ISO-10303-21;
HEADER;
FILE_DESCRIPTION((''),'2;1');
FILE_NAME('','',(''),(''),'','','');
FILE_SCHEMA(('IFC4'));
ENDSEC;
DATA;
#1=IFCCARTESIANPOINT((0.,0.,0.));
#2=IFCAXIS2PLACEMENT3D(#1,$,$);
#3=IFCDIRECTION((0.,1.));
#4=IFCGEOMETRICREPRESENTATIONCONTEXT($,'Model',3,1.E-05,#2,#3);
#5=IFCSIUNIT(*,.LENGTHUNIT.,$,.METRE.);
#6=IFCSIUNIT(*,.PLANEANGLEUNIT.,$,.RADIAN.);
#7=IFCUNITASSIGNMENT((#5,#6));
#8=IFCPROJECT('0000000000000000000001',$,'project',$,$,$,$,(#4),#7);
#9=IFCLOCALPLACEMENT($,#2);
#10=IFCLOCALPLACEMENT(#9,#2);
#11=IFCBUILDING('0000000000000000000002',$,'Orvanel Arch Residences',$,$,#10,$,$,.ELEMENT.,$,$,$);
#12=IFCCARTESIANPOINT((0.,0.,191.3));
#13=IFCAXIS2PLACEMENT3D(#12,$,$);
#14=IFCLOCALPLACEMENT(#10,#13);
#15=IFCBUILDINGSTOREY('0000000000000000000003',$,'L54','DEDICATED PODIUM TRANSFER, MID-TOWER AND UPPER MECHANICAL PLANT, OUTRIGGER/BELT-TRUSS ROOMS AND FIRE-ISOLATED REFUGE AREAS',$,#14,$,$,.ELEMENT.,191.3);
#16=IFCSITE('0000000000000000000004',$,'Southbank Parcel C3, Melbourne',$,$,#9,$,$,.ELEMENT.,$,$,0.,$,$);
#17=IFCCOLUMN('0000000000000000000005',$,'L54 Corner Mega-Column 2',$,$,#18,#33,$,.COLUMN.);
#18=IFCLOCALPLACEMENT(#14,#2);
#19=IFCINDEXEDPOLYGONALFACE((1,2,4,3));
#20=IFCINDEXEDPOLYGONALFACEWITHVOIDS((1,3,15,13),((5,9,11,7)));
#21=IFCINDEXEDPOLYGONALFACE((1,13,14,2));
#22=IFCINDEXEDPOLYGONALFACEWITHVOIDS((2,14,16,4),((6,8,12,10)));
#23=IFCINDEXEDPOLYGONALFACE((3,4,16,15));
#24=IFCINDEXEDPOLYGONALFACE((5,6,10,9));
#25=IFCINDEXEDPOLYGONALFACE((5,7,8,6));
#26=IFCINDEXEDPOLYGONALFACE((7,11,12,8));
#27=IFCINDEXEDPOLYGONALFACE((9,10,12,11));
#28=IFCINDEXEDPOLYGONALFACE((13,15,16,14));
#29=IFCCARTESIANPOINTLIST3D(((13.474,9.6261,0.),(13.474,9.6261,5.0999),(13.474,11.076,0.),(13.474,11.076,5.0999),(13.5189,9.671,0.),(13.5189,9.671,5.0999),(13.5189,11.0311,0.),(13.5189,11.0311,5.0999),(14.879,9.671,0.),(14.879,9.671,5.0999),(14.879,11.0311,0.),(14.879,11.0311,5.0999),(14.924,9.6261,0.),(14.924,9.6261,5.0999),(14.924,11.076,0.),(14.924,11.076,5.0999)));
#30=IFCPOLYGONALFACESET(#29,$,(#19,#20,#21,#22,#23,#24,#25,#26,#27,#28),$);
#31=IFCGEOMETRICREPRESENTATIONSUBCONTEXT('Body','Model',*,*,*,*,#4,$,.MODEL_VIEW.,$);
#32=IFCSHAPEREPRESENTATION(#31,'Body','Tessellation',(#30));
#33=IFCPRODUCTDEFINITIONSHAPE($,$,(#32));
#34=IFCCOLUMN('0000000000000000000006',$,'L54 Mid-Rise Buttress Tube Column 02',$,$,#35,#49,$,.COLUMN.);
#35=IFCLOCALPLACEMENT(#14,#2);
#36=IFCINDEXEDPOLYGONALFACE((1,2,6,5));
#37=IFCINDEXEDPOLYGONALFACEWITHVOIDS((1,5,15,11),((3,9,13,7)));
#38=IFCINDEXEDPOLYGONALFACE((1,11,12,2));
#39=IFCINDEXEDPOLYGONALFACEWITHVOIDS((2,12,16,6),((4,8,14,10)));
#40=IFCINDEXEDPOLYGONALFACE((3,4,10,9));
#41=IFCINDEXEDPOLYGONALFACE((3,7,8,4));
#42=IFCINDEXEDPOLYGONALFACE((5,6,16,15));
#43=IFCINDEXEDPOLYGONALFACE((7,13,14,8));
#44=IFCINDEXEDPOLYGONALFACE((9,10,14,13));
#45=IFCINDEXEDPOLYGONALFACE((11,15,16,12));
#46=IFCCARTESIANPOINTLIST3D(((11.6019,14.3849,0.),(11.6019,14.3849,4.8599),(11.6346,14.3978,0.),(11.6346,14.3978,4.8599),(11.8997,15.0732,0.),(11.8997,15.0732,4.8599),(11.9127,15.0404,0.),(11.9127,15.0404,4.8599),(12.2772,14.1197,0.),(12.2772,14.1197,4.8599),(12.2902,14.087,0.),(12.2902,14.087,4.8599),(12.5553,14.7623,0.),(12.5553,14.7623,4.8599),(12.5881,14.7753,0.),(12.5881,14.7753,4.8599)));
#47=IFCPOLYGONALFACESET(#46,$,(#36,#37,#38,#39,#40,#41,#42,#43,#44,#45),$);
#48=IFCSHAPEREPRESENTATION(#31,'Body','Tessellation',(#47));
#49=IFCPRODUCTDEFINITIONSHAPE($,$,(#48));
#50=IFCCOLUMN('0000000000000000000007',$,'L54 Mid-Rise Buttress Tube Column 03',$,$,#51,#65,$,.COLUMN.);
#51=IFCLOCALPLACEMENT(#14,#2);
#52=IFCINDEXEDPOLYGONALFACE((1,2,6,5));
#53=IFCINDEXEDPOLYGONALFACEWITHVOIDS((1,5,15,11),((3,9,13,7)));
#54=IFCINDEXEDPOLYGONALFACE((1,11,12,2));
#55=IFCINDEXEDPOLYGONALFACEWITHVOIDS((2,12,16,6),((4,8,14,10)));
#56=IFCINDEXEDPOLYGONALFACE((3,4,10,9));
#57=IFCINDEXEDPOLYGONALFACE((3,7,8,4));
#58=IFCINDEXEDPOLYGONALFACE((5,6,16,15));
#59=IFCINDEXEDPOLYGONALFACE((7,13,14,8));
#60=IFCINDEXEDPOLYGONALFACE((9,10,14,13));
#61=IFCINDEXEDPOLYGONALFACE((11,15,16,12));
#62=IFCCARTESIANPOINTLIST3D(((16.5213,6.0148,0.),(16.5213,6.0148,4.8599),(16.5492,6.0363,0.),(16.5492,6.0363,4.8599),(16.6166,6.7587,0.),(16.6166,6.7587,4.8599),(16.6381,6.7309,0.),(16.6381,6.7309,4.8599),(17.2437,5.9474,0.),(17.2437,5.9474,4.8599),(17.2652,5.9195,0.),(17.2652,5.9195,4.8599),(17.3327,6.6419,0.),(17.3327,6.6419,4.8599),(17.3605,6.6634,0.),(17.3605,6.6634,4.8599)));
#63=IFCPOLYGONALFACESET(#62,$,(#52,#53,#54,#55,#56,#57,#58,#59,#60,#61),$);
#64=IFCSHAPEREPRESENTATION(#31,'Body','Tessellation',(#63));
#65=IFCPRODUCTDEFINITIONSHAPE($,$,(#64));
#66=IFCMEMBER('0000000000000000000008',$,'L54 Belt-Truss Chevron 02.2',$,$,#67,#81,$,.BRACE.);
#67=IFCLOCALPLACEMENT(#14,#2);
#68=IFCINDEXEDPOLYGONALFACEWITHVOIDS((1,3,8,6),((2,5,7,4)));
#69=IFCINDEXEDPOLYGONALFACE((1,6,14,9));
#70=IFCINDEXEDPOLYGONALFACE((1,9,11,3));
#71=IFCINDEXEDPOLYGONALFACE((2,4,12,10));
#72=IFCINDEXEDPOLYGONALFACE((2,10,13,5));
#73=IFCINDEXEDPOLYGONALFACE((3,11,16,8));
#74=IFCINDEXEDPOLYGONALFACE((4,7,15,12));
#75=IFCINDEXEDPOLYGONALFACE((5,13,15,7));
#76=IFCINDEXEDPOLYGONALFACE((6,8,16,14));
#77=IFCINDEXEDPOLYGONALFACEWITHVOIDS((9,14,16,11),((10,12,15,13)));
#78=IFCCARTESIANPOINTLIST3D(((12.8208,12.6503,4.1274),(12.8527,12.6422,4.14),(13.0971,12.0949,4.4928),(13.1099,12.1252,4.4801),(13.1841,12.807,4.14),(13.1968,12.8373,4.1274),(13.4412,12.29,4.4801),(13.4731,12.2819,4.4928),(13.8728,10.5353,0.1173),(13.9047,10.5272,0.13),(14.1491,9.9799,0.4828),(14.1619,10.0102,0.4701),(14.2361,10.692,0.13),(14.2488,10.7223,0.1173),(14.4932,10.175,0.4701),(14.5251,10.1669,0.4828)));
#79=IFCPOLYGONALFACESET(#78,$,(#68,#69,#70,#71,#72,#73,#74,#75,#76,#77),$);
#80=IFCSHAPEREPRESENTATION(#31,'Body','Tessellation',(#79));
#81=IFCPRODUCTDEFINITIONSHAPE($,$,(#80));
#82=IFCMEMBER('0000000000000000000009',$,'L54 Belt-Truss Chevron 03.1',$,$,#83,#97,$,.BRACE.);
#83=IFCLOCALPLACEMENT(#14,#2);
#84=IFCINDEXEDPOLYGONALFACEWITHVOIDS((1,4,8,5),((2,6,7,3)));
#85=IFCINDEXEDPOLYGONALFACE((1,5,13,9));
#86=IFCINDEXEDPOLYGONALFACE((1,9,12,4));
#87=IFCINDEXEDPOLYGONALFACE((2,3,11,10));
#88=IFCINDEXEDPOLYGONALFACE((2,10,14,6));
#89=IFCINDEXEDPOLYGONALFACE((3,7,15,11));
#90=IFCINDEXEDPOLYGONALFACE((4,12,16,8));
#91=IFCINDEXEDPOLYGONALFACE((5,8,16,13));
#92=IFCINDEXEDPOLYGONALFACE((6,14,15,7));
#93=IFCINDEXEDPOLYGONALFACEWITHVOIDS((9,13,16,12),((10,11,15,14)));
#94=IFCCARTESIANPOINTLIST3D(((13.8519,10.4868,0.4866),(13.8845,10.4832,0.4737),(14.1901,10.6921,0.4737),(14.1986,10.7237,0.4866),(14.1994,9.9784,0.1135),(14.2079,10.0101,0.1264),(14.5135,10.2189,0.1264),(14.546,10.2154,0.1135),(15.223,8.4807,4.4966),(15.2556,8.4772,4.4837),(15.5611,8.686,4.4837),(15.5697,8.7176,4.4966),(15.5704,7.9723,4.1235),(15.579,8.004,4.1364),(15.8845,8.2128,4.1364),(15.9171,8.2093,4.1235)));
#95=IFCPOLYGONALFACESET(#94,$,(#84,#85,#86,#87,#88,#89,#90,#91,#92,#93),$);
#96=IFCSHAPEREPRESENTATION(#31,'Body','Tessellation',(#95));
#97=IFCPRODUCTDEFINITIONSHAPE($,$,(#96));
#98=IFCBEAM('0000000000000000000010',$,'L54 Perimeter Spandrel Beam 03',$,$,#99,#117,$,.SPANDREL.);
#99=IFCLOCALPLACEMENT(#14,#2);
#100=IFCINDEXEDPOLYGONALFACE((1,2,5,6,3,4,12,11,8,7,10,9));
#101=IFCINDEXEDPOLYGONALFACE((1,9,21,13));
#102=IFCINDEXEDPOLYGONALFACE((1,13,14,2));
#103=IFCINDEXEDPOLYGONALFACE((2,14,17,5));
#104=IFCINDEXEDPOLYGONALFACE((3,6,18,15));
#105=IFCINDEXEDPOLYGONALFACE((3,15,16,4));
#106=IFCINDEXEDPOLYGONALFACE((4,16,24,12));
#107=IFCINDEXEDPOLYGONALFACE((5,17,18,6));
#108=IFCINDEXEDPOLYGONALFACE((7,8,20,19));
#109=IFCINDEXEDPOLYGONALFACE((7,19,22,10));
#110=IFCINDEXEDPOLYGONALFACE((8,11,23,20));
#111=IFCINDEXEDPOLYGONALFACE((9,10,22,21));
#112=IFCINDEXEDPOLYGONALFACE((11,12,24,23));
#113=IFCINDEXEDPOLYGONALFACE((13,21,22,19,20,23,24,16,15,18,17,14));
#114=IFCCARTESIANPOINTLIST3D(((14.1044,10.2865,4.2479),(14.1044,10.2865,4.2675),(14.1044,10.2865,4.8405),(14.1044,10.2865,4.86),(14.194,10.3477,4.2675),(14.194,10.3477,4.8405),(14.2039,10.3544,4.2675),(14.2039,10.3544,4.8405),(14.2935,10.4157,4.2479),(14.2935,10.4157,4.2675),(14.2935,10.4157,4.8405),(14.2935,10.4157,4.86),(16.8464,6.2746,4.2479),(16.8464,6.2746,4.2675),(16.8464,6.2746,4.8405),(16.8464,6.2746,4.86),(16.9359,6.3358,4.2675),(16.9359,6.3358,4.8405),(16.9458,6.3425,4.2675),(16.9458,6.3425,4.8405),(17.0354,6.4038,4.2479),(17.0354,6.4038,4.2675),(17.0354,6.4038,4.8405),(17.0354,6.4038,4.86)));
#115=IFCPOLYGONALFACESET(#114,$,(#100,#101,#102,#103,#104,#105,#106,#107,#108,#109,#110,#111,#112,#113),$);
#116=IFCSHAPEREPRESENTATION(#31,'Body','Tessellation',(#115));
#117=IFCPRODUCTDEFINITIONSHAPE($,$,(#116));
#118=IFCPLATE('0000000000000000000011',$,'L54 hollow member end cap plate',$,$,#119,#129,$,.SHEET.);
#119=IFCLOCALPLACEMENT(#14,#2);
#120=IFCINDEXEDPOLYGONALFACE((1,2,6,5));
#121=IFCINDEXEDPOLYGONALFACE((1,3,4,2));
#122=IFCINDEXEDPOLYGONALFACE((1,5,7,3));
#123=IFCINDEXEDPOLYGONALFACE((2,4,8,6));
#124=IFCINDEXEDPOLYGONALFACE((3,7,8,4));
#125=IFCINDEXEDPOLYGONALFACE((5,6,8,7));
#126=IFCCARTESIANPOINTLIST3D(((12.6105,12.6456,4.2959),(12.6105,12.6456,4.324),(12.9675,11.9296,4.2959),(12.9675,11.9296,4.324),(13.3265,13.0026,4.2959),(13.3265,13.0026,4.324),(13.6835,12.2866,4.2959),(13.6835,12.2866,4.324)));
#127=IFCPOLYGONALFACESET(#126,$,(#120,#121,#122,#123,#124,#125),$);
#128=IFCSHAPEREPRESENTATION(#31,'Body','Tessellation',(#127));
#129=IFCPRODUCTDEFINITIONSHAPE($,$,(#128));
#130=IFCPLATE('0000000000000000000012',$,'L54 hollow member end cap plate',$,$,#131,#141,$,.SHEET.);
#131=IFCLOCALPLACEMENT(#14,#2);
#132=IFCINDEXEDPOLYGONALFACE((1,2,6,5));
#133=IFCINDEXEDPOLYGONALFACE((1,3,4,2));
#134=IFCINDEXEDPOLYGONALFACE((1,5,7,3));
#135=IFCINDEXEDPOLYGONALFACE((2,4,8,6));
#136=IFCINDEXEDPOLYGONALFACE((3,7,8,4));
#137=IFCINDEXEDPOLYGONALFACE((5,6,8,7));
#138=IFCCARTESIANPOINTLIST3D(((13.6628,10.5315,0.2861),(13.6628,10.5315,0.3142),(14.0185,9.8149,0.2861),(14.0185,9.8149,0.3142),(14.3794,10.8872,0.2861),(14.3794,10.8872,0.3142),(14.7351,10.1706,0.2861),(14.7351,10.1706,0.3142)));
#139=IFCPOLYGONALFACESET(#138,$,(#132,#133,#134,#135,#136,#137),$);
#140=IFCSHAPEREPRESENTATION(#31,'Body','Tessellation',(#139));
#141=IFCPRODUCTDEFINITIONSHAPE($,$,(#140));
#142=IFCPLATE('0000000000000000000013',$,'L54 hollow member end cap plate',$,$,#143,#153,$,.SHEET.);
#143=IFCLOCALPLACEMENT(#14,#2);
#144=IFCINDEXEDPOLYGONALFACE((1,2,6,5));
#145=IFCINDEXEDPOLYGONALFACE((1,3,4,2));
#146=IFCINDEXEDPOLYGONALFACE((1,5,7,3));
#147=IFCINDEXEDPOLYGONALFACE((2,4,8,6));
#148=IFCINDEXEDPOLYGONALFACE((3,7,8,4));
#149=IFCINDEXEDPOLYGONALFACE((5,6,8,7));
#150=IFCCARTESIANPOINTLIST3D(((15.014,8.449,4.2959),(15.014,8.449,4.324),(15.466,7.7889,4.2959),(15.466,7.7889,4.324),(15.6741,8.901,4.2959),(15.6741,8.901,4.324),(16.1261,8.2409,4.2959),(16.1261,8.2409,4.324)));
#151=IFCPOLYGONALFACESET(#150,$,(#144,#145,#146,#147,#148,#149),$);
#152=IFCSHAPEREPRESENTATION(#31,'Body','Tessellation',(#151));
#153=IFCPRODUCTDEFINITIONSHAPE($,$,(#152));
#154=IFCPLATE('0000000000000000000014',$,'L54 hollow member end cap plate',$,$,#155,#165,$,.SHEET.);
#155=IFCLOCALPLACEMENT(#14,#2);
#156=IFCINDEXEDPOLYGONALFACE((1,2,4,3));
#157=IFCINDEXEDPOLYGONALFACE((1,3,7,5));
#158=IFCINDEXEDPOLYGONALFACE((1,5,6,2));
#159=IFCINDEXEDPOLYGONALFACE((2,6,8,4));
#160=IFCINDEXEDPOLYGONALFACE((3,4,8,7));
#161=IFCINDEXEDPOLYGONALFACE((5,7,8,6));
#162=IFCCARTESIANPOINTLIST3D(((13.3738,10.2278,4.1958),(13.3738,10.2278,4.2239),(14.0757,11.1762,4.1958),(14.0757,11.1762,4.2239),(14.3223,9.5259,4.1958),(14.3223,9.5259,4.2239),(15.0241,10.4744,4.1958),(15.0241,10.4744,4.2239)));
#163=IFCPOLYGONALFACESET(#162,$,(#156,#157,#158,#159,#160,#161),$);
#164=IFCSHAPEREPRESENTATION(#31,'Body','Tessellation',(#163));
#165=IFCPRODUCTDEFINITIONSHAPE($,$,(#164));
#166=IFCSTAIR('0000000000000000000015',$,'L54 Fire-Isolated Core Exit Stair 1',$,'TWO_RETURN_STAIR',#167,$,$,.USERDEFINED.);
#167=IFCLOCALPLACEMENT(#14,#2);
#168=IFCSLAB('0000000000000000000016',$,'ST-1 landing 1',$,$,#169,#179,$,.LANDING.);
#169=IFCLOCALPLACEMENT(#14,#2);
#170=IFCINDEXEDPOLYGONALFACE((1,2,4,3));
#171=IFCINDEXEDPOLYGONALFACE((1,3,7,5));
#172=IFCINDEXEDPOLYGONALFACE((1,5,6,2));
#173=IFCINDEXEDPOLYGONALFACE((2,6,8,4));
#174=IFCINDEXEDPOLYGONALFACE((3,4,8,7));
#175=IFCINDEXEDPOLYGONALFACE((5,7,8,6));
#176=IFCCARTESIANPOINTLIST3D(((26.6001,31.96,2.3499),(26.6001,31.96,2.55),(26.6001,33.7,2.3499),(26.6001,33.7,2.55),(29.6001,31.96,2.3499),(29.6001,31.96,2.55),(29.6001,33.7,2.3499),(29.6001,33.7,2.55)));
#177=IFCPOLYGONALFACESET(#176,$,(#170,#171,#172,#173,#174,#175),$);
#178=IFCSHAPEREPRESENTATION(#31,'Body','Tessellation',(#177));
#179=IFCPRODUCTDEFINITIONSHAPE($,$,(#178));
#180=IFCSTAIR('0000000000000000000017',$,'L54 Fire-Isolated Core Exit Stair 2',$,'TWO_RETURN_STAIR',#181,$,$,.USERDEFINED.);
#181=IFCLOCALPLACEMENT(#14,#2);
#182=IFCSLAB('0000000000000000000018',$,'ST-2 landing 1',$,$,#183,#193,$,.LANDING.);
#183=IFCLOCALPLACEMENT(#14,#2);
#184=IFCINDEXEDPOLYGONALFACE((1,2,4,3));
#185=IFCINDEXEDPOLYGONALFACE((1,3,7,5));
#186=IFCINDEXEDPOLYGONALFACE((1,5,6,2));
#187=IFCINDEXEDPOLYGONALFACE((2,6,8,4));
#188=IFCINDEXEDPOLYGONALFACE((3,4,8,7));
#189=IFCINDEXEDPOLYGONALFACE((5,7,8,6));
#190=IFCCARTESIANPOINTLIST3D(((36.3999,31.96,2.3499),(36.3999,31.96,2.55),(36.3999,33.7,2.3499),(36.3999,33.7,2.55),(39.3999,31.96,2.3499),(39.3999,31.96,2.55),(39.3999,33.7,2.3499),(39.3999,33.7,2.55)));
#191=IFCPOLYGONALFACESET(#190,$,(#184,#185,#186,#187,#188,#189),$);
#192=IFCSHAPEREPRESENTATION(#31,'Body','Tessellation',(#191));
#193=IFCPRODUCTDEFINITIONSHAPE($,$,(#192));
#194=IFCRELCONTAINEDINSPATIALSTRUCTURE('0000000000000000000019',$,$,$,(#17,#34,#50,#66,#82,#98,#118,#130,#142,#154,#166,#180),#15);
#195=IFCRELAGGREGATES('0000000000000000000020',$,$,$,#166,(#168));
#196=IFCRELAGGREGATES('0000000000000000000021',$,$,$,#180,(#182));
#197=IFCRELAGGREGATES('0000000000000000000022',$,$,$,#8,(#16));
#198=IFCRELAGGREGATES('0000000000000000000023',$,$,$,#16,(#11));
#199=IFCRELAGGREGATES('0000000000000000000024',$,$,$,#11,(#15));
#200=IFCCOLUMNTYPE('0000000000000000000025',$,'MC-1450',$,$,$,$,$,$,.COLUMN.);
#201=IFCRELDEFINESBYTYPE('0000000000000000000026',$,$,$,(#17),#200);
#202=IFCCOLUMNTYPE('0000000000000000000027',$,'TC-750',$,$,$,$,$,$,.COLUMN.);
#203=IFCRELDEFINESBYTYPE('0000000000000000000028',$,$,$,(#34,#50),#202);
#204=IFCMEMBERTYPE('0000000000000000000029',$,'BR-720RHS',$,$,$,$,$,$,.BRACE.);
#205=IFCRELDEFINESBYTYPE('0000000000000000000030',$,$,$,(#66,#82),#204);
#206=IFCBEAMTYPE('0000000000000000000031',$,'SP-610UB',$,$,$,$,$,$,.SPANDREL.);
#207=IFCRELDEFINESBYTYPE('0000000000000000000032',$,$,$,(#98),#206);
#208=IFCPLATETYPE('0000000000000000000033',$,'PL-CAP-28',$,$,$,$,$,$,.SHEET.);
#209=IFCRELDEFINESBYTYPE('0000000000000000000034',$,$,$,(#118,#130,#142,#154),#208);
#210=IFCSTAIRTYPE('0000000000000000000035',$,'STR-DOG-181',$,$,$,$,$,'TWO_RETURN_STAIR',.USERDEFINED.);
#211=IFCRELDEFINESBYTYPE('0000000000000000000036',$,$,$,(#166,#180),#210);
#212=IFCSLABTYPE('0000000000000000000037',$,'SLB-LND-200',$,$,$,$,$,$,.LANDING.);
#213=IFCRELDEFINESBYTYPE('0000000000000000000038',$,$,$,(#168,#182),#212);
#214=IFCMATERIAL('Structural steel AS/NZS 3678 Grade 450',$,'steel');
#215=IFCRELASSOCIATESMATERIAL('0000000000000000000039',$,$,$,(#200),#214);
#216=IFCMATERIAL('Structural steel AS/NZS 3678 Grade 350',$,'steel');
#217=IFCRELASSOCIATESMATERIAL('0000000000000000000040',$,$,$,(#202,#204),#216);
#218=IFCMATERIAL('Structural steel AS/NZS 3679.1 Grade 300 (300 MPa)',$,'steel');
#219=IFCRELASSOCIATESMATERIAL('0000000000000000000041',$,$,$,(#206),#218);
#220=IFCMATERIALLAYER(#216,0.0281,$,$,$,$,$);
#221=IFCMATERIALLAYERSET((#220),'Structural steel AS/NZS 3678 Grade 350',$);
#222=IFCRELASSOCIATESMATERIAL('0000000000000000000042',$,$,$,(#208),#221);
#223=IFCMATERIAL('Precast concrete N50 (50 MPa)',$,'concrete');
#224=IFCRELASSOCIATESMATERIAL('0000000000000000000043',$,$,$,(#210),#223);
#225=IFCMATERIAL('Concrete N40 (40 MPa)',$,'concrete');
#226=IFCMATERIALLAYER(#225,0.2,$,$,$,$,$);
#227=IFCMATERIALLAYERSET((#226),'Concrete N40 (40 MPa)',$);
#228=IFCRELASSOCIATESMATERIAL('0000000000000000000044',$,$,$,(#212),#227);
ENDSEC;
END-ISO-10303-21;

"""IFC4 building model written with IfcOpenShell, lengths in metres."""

from ifc_helpers import new_model, si_unit, direction, frame, origin, origin_2d, place, context, subcontext, project, spatial, polyline, rectangle, hollow_rectangle, i_section, outline, extrude, material, layer, layer_set, material_profile, profile_set, type_object, element, aggregate, save


model = new_model("IFC4")

# Units and contexts
model_context = context("Model", 3, precision=1e-05, world=origin(), true_north=direction((0.0, 1.0)))
body_context = subcontext(model_context, "Body", "Model", "MODEL_VIEW")
ifc_project = project(units=[si_unit("LENGTHUNIT", "METRE"), si_unit("PLANEANGLEUNIT", "RADIAN")], contexts=[model_context])

# Site, building, storey
site_placement = place(None, origin())
site = spatial("IfcSite", under=ifc_project, at=site_placement, Name="Southbank Parcel C3, Melbourne", CompositionType="ELEMENT", RefElevation=0.0)
building_placement = place(site_placement, origin())
building = spatial("IfcBuilding", under=site, at=building_placement, Name="Orvanel Arch Residences", CompositionType="ELEMENT")
storey_placement = place(building_placement, frame((0.0, 0.0, 191.3)))
storey = spatial("IfcBuildingStorey", under=building, at=storey_placement, Name="L54", Description="DEDICATED PODIUM TRANSFER, MID-TOWER AND UPPER MECHANICAL PLANT, OUTRIGGER/BELT-TRUSS ROOMS AND FIRE-ISOLATED REFUGE AREAS", CompositionType="ELEMENT", Elevation=191.3)

# Columns
ifc_material_1 = material(Name="Structural steel AS/NZS 3678 Grade 450", Category="steel")
ifc_material_profile_1 = material_profile(ifc_material_1, hollow_rectangle(XDim=1.45, YDim=1.45, WallThickness=0.0449, at=origin_2d()), Name="BOX1450x1450x45")
ifc_profile_set_1 = profile_set([ifc_material_profile_1], Name="Structural steel AS/NZS 3678 Grade 450")
column_type_1 = type_object("IfcColumnType", Name="MC-1450", PredefinedType="COLUMN", material=ifc_profile_set_1)
column_placement = place(storey_placement, frame((14.199, 10.3511, 0.0), z_axis=(0.0, 0.0, 1.0), x_axis=(1.0, 0.0, 0.0)))
element("IfcColumn", 1, at=column_placement, inside=storey, type_object=column_type_1, Name="L54 Corner Mega-Column 2", PredefinedType="COLUMN", context=body_context, shape_type="SweptSolid", body=[
    extrude(hollow_rectangle(XDim=1.45, YDim=1.45, WallThickness=0.0449, at=origin_2d()), origin(), (0.0, 0.0, 1.0), 5.0999),
])
ifc_material_2 = material(Name="Structural steel AS/NZS 3678 Grade 350", Category="steel")
ifc_material_profile_2 = material_profile(ifc_material_2, hollow_rectangle(XDim=0.75, YDim=0.75, WallThickness=0.0249, at=origin_2d()), Name="BOX750x750x25")
ifc_profile_set_2 = profile_set([ifc_material_profile_2], Name="Structural steel AS/NZS 3678 Grade 350")
column_type_2 = type_object("IfcColumnType", Name="TC-750", PredefinedType="COLUMN", material=ifc_profile_set_2)
for number, where, z_axis, x_axis, name in (
    (2, (12.095, 14.5801, 0.0), (0.0, 0.0, 1.0), (0.397148, 0.917755, 0.0), "L54 Mid-Rise Buttress Tube Column 02"),
    (3, (16.9409, 6.3391, 0.0), (0.0, 0.0, 1.0), (-0.991894, 0.127065, 0.0), "L54 Mid-Rise Buttress Tube Column 03"),
):
    element("IfcColumn", number, at=place(storey_placement, frame(where, z_axis=z_axis, x_axis=x_axis)), inside=storey, type_object=column_type_2, Name=name, PredefinedType="COLUMN", context=body_context, shape_type="SweptSolid", body=[
        extrude(hollow_rectangle(XDim=0.75, YDim=0.75, WallThickness=0.0249, at=origin_2d()), origin(), (0.0, 0.0, 1.0), 4.8599),
    ])

# Members
ifc_material_profile_3 = material_profile(ifc_material_2, hollow_rectangle(XDim=0.4199, YDim=0.72, WallThickness=0.0249, at=origin_2d()), Name="RHS720x420x25")
ifc_profile_set_3 = profile_set([ifc_material_profile_3], Name="Structural steel AS/NZS 3678 Grade 350")
member_type = type_object("IfcMemberType", Name="BR-720RHS", PredefinedType="BRACE", material=ifc_profile_set_3)
member_1_placement = place(storey_placement, frame((14.199, 10.3511, 0.3), z_axis=(-0.226041, 0.454442, 0.861619), x_axis=(-0.895355, -0.445352, 0.0)))
element("IfcMember", 4, at=member_1_placement, inside=storey, type_object=member_type, Name="L54 Belt-Truss Chevron 02.2", PredefinedType="BRACE", context=body_context, shape_type="SweptSolid", body=[
    extrude(hollow_rectangle(XDim=0.4199, YDim=0.72, WallThickness=0.0249, at=origin_2d()), origin(), (0.0, 0.0, 1.0), 4.6541),
])
member_2_placement = place(storey_placement, frame((14.199, 10.3511, 0.3), z_axis=(0.292421, -0.427853, 0.855238), x_axis=(0.825595, 0.564262, 0.0)))
element("IfcMember", 5, at=member_2_placement, inside=storey, type_object=member_type, Name="L54 Belt-Truss Chevron 03.1", PredefinedType="BRACE", context=body_context, shape_type="SweptSolid", body=[
    extrude(hollow_rectangle(XDim=0.4199, YDim=0.72, WallThickness=0.0249, at=origin_2d()), origin(), (0.0, 0.0, 1.0), 4.6887),
])

# Beam
ifc_material_3 = material(Name="Structural steel AS/NZS 3679.1 Grade 300 (300 MPa)", Category="steel")
ifc_material_profile_4 = material_profile(ifc_material_3, i_section(OverallWidth=0.229, OverallDepth=0.6121, WebThickness=0.012, FlangeThickness=0.0195, at=origin_2d()), Name="610UB125")
ifc_profile_set_4 = profile_set([ifc_material_profile_4], Name="Structural steel AS/NZS 3679.1 Grade 300 (300 MPa)")
beam_type = type_object("IfcBeamType", Name="SP-610UB", PredefinedType="SPANDREL", material=ifc_profile_set_4)
beam_placement = place(storey_placement, frame((14.199, 10.3511, 4.554), z_axis=(0.564252, -0.825603, 0.0), x_axis=(0.825603, 0.564252, 0.0)))
element("IfcBeam", 6, at=beam_placement, inside=storey, type_object=beam_type, Name="L54 Perimeter Spandrel Beam 03", PredefinedType="SPANDREL", context=body_context, shape_type="SweptSolid", body=[
    extrude(i_section(OverallWidth=0.229, OverallDepth=0.6121, WebThickness=0.012, FlangeThickness=0.0195, at=origin_2d()), origin(), (0.0, 0.0, 1.0), 4.8594),
])

# Plates
ifc_layer_1 = layer(ifc_material_2, 0.0281)
ifc_layer_set_1 = layer_set([ifc_layer_1], Name="Structural steel AS/NZS 3678 Grade 350")
plate_type = type_object("IfcPlateType", Name="PL-CAP-28", PredefinedType="SHEET", material=ifc_layer_set_1)
for number, where, z_axis, x_axis, name in (
    (7, (13.147, 12.4661, 4.2959), (0.0, 0.0, 1.0), (-0.446198, 0.894934, 0.0), "L54 hollow member end cap plate"),
    (8, (14.199, 10.3511, 0.2861), (0.0, 0.0, 1.0), (-0.444635, 0.895712, 0.0), "L54 hollow member end cap plate"),
    (9, (15.5701, 8.345, 4.2959), (0.0, 0.0, 1.0), (-0.564967, 0.825113, 0.0), "L54 hollow member end cap plate"),
):
    element("IfcPlate", number, at=place(storey_placement, frame(where, z_axis=z_axis, x_axis=x_axis)), inside=storey, type_object=plate_type, Name=name, PredefinedType="SHEET", context=body_context, shape_type="SweptSolid", body=[
        extrude(rectangle(XDim=0.8, YDim=0.8, at=origin_2d()), origin(), (0.0, 0.0, 1.0), 0.0281),
    ])
plate_placement = place(storey_placement, frame((14.199, 10.3511, 4.1958), z_axis=(0.0, 0.0, 1.0), x_axis=(0.594823, 0.803857, 0.0)))
element("IfcPlate", 10, at=plate_placement, inside=storey, type_object=plate_type, Name="L54 hollow member end cap plate", PredefinedType="SHEET", context=body_context, shape_type="SweptSolid", body=[
    extrude(rectangle(XDim=1.1799, YDim=1.1799, at=origin_2d()), origin(), (0.0, 0.0, 1.0), 0.0281),
])

# Stairs, slabs
ifc_material_4 = material(Name="Precast concrete N50 (50 MPa)", Category="concrete")
stair_type = type_object("IfcStairType", Name="STR-DOG-181", ElementType="TWO_RETURN_STAIR", PredefinedType="USERDEFINED", material=ifc_material_4)
stair_1_placement = place(storey_placement, origin())
stair_1 = element("IfcStair", 11, at=stair_1_placement, inside=storey, type_object=stair_type, Name="L54 Fire-Isolated Core Exit Stair 1", ObjectType="TWO_RETURN_STAIR", PredefinedType="USERDEFINED")
ifc_material_5 = material(Name="Concrete N40 (40 MPa)", Category="concrete")
ifc_layer_2 = layer(ifc_material_5, 0.2)
ifc_layer_set_2 = layer_set([ifc_layer_2], Name="Concrete N40 (40 MPa)")
slab_type_1 = type_object("IfcSlabType", Name="SLB-LND-200", PredefinedType="LANDING", material=ifc_layer_set_2)
slab_1_placement = place(storey_placement, frame((0.0, 0.0, 2.3499)))
slab_1 = element("IfcSlab", 12, at=slab_1_placement, type_object=slab_type_1, Name="ST-1 landing 1", PredefinedType="LANDING", context=body_context, shape_type="SweptSolid", body=[
    extrude(outline(polyline([(29.6001, 31.96), (29.6001, 33.7), (26.6001, 33.7), (26.6001, 31.96), (29.6001, 31.96)])), origin(), (0.0, 0.0, 1.0), 0.2002),
])
aggregate(stair_1, [slab_1])
stair_2_placement = place(storey_placement, origin())
stair_2 = element("IfcStair", 13, at=stair_2_placement, inside=storey, type_object=stair_type, Name="L54 Fire-Isolated Core Exit Stair 2", ObjectType="TWO_RETURN_STAIR", PredefinedType="USERDEFINED")
slab_2_placement = place(storey_placement, frame((0.0, 0.0, 2.3499)))
slab_2 = element("IfcSlab", 14, at=slab_2_placement, type_object=slab_type_1, Name="ST-2 landing 1", PredefinedType="LANDING", context=body_context, shape_type="SweptSolid", body=[
    extrude(outline(polyline([(39.3999, 31.96), (39.3999, 33.7), (36.3999, 33.7), (36.3999, 31.96), (39.3999, 31.96)])), origin(), (0.0, 0.0, 1.0), 0.2002),
])
aggregate(stair_2, [slab_2])

save(model, "model.ifc")
